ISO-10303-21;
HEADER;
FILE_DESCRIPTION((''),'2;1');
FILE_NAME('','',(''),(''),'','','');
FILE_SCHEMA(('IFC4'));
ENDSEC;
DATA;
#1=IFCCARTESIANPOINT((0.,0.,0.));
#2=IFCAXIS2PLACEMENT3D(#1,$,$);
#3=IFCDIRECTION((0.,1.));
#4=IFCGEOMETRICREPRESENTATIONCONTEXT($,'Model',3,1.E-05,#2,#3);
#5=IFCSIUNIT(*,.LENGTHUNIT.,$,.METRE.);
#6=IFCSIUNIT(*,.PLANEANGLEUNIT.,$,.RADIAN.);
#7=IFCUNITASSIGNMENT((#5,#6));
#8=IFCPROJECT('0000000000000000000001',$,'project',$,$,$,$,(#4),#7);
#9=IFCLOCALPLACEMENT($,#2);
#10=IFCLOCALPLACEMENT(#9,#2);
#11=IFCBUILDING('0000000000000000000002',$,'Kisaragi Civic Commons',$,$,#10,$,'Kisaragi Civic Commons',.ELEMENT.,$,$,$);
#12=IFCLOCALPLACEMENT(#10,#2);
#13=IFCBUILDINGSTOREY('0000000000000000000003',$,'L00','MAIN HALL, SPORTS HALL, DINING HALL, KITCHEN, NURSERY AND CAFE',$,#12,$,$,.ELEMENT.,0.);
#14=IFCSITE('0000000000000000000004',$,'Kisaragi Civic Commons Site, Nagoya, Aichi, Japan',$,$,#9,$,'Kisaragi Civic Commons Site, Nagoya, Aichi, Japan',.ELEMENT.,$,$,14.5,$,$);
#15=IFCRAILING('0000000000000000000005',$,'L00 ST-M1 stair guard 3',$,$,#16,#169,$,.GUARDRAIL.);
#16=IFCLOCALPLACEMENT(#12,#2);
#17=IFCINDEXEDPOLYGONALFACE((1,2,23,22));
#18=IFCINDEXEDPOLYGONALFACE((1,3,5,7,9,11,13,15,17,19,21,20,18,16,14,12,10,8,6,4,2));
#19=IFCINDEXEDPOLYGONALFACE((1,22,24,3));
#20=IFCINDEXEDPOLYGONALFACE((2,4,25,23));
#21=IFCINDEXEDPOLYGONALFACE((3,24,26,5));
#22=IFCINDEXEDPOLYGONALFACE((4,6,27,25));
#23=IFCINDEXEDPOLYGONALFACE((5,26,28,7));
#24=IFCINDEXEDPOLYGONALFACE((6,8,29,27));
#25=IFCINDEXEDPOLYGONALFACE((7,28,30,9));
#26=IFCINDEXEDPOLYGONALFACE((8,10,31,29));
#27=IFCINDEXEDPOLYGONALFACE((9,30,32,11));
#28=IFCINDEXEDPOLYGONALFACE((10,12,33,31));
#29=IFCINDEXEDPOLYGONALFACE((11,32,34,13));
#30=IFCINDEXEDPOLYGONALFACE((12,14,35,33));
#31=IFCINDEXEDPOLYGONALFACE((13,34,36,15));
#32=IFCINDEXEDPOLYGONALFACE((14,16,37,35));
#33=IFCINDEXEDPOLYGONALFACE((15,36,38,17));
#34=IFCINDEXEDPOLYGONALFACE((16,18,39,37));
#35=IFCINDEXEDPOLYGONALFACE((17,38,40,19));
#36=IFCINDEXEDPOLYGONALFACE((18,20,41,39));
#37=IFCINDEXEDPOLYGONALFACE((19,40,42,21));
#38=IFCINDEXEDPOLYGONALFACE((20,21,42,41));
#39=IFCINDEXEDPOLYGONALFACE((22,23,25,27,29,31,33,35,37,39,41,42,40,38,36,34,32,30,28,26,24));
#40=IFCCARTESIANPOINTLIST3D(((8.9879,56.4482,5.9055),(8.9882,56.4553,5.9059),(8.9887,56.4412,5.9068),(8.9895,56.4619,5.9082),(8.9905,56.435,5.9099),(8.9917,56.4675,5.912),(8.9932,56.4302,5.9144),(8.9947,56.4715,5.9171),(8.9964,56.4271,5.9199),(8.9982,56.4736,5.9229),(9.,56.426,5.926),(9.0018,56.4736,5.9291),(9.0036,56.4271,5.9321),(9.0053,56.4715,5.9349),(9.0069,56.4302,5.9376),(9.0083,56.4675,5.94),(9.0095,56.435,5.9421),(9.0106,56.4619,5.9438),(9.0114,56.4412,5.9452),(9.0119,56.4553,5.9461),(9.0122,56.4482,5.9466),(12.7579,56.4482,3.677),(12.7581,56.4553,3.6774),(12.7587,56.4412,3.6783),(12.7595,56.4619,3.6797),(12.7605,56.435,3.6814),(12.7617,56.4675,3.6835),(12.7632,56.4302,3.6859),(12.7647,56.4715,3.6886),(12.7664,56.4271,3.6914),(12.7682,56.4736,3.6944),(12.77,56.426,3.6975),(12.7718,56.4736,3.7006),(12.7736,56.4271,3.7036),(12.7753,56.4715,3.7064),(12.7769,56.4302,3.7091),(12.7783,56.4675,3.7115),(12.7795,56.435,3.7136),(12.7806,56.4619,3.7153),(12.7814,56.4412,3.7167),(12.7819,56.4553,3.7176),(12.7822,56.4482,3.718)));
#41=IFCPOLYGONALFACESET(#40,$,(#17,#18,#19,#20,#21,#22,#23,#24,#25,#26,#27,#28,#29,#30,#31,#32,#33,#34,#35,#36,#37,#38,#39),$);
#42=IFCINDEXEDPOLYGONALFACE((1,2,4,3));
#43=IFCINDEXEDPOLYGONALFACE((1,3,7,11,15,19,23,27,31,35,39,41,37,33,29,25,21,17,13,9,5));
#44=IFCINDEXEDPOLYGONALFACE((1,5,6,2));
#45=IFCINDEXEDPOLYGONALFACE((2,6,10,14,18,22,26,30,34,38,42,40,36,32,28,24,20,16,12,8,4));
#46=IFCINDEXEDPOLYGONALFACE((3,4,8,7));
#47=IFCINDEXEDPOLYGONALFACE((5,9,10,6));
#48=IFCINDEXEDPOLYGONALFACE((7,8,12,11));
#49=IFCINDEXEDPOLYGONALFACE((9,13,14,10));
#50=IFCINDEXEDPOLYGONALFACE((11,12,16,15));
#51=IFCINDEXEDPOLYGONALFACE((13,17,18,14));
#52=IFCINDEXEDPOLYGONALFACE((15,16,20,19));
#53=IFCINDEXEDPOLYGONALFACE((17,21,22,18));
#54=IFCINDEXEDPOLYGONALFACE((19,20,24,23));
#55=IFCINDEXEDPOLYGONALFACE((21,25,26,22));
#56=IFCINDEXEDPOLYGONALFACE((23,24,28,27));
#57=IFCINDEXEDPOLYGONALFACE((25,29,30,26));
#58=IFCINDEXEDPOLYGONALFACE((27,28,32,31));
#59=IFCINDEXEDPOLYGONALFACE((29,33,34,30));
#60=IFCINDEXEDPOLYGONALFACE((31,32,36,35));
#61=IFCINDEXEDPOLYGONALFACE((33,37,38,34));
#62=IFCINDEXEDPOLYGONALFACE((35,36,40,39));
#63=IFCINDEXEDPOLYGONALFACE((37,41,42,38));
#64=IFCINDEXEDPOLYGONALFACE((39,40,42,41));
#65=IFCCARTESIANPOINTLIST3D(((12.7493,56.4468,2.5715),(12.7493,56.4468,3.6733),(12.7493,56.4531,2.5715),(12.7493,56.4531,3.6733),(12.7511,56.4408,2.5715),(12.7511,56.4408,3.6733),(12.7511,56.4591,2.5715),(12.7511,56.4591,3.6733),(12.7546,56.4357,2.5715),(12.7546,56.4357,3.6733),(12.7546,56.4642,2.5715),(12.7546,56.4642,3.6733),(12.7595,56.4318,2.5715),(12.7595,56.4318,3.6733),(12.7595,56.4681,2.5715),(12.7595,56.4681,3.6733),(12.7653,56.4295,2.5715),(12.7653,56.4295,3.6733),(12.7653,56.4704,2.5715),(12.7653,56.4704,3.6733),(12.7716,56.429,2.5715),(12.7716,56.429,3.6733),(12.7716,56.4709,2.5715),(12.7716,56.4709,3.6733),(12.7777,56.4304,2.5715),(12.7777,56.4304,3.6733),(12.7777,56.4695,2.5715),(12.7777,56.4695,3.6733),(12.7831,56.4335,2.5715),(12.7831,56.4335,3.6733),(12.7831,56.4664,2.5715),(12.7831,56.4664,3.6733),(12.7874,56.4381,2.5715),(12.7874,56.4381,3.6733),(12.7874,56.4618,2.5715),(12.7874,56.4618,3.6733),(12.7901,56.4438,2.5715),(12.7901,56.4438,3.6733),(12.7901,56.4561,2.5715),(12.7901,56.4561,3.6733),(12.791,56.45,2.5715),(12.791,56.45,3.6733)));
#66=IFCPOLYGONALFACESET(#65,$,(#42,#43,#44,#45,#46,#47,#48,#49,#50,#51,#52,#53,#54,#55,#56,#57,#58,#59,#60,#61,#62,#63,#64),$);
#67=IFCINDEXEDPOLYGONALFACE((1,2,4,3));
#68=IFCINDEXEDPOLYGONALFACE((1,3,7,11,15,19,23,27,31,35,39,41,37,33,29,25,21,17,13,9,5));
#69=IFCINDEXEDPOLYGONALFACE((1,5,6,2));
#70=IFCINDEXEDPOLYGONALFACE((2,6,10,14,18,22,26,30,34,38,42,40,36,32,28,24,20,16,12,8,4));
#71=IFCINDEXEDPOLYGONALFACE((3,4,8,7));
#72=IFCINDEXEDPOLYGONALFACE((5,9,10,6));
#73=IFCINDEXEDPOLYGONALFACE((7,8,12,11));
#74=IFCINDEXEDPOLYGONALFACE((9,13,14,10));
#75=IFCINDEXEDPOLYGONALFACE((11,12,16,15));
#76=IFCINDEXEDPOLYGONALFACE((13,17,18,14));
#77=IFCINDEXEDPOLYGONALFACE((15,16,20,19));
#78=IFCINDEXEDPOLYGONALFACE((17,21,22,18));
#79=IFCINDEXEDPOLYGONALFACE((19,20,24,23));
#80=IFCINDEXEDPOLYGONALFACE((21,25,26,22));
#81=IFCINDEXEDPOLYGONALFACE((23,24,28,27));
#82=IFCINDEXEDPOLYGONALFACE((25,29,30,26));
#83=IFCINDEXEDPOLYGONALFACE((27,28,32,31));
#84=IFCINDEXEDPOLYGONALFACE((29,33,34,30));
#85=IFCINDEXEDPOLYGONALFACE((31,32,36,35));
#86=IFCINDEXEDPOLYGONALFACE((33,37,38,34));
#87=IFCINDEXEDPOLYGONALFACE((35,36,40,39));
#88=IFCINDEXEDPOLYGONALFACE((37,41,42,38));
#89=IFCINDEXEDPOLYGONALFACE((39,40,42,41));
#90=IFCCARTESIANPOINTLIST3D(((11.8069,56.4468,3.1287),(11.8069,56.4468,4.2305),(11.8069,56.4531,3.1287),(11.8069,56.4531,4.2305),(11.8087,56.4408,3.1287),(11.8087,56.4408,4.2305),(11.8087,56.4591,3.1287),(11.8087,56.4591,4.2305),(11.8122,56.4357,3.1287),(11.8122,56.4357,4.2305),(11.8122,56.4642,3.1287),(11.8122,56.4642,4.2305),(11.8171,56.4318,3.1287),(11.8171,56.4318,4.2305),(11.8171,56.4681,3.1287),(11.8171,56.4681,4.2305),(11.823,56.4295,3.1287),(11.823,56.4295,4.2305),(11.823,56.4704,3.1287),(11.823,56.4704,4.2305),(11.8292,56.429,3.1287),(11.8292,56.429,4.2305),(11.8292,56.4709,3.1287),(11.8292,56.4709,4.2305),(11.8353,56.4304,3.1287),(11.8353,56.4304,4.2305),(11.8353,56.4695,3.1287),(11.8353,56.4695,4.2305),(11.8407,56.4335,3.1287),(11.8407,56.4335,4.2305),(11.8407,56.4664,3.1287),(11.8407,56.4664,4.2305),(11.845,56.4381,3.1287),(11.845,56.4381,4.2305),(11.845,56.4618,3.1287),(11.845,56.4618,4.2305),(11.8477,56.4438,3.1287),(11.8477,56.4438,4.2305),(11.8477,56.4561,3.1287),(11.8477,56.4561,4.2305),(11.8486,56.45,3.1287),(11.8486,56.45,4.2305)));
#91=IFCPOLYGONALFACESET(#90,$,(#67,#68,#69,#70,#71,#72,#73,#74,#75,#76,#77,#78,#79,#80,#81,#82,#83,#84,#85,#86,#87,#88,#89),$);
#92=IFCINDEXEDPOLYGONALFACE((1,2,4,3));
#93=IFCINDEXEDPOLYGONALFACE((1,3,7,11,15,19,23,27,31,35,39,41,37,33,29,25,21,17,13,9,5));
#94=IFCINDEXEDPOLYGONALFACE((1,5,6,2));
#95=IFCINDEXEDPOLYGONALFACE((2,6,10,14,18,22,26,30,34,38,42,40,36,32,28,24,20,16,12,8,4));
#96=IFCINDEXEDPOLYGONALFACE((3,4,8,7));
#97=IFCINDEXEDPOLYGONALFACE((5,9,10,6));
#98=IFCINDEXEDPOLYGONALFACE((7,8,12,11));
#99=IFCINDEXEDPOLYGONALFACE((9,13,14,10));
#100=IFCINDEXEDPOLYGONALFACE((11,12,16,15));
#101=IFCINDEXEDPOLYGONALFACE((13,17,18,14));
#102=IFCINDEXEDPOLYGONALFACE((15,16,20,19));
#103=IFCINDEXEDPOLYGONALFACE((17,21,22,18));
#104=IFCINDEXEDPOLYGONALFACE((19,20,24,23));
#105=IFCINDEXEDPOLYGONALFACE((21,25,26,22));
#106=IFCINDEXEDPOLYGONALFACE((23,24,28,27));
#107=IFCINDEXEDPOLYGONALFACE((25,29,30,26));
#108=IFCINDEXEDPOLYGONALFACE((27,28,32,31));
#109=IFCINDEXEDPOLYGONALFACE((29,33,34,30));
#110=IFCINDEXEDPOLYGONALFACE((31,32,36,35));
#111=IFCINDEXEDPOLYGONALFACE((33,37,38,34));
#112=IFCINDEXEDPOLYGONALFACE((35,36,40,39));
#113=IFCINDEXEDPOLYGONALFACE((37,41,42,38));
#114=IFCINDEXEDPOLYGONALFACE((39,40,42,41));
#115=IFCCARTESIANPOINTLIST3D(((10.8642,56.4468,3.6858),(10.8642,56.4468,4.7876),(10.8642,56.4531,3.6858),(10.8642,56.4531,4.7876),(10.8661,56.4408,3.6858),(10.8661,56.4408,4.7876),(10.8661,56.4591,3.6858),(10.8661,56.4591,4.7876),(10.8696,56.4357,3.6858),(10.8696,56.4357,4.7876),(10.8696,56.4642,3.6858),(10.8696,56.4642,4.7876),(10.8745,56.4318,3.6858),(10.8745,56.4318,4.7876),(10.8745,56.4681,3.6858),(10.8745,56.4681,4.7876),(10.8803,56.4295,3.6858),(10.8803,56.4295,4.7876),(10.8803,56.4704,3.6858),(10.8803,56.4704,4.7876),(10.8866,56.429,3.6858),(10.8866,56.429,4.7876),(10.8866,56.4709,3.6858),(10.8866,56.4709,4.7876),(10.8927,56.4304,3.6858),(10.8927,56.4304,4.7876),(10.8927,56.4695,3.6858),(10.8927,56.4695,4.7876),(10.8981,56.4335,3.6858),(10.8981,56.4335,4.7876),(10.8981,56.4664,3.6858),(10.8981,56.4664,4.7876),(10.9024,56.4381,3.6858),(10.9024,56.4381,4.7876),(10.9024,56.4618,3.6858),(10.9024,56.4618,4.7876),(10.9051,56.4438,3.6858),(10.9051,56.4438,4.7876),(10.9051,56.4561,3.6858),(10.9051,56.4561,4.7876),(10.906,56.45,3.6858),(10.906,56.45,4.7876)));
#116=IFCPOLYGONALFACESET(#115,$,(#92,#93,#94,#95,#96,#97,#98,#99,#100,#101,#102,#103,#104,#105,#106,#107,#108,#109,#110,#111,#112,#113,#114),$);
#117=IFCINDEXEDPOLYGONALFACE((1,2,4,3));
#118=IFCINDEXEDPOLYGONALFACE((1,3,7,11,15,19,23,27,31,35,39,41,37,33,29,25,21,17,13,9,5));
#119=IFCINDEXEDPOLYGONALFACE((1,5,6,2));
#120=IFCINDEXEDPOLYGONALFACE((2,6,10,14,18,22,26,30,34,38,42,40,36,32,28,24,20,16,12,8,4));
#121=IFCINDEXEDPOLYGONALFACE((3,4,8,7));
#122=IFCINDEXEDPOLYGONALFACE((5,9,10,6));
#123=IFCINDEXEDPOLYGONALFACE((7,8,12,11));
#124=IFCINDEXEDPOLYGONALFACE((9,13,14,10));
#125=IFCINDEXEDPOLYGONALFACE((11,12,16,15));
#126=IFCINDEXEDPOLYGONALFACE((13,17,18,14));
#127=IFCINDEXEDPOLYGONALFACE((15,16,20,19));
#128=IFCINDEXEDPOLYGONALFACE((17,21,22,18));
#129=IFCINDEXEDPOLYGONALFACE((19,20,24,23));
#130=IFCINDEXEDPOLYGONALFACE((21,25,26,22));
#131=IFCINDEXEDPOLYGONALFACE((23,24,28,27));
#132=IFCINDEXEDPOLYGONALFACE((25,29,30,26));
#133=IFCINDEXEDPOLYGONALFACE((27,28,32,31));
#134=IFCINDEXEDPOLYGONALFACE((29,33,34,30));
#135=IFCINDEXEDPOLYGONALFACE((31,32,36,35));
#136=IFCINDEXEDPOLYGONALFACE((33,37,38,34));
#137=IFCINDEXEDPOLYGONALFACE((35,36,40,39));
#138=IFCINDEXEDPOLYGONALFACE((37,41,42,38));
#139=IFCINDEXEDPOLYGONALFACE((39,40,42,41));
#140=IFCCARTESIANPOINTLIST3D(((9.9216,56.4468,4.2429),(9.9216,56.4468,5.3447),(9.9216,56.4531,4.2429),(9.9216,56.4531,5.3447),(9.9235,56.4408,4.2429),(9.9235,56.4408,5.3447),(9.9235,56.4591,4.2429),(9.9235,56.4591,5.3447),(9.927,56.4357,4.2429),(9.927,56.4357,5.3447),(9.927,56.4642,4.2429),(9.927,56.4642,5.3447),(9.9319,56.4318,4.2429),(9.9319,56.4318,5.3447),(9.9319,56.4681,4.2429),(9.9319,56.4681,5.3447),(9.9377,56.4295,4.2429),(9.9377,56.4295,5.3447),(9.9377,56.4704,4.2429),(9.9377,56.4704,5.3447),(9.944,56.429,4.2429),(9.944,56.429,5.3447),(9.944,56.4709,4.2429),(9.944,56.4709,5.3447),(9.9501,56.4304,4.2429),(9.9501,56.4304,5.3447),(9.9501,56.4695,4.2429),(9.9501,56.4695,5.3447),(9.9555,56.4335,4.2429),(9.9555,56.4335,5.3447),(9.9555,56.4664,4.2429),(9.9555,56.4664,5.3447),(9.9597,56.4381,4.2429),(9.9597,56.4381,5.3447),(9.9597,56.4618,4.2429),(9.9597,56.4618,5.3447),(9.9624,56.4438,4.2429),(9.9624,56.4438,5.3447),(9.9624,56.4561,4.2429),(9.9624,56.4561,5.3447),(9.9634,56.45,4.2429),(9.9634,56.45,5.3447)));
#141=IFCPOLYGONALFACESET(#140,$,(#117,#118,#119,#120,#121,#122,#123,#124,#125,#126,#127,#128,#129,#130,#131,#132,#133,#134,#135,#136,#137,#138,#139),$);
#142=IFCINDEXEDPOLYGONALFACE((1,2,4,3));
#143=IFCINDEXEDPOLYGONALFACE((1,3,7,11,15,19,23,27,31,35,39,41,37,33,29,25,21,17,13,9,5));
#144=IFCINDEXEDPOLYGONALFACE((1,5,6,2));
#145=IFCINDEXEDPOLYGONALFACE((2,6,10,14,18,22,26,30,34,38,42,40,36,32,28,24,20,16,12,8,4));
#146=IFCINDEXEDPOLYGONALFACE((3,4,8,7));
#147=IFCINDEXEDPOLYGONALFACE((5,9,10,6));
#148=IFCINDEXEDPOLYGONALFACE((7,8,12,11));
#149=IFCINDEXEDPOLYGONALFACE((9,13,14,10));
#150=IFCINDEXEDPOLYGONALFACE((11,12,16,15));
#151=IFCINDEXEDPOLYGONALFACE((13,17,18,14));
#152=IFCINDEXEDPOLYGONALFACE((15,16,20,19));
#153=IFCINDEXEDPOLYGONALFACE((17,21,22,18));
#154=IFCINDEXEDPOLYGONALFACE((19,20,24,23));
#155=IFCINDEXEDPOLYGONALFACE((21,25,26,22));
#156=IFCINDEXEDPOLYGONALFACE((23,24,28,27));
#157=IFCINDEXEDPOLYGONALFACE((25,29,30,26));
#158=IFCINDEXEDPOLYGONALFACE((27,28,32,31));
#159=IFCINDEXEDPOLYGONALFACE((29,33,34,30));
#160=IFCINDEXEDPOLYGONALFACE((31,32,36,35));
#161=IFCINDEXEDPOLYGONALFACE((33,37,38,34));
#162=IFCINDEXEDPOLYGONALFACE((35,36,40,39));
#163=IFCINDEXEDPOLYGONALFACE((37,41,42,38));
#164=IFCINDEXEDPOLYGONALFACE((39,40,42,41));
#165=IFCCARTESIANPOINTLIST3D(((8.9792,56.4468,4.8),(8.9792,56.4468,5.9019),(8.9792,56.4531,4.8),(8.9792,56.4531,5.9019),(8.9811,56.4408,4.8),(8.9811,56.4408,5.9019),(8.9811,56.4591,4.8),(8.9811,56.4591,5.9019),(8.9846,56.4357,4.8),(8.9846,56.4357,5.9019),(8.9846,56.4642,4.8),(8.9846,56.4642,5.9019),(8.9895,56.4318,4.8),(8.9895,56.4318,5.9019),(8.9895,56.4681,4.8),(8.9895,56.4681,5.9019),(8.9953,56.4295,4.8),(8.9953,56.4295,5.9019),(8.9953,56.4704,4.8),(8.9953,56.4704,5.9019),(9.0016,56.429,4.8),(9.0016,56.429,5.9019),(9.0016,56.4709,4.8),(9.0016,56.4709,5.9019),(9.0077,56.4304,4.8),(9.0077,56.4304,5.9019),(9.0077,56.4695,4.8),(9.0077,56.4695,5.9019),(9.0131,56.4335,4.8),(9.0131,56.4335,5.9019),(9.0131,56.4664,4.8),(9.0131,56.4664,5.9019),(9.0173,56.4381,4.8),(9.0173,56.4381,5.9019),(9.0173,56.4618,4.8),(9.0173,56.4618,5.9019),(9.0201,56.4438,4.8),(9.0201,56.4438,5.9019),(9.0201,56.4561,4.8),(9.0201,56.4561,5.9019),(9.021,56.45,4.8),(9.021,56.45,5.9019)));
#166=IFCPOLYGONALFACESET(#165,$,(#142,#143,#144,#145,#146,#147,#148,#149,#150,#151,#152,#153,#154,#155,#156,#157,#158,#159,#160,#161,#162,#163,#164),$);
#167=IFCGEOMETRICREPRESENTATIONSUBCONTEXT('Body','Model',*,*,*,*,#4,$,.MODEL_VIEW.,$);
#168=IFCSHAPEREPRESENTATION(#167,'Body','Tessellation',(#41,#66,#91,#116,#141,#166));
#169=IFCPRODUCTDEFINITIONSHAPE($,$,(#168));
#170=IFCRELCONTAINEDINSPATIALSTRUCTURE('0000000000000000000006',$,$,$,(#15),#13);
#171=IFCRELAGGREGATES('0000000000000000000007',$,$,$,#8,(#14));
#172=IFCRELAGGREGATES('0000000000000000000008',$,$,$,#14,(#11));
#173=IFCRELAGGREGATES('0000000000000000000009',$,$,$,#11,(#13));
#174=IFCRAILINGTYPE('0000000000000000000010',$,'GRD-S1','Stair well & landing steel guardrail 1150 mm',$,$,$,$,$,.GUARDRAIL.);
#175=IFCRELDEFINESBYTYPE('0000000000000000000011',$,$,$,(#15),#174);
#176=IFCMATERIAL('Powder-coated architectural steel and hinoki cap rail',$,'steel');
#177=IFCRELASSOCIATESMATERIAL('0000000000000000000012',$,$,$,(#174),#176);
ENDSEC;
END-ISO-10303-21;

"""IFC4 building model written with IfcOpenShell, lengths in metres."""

from ifc_helpers import new_model, si_unit, direction, frame, origin, origin_2d, place, context, subcontext, project, spatial, circle, extrude, material, type_object, element, save


model = new_model("IFC4")

# Units and contexts
model_context = context("Model", 3, precision=1e-05, world=origin(), true_north=direction((0.0, 1.0)))
body_context = subcontext(model_context, "Body", "Model", "MODEL_VIEW")
ifc_project = project(units=[si_unit("LENGTHUNIT", "METRE"), si_unit("PLANEANGLEUNIT", "RADIAN")], contexts=[model_context])

# Site, building, storey
site_placement = place(None, origin())
site = spatial("IfcSite", under=ifc_project, at=site_placement, Name="Kisaragi Civic Commons Site, Nagoya, Aichi, Japan", LongName="Kisaragi Civic Commons Site, Nagoya, Aichi, Japan", CompositionType="ELEMENT", RefElevation=14.5)
building_placement = place(site_placement, origin())
building = spatial("IfcBuilding", under=site, at=building_placement, Name="Kisaragi Civic Commons", LongName="Kisaragi Civic Commons", CompositionType="ELEMENT")
storey_placement = place(building_placement, origin())
storey = spatial("IfcBuildingStorey", under=building, at=storey_placement, Name="L00", Description="MAIN HALL, SPORTS HALL, DINING HALL, KITCHEN, NURSERY AND CAFE", CompositionType="ELEMENT", Elevation=0.0)

# Railing
ifc_material_1 = material(Name="Powder-coated architectural steel and hinoki cap rail", Category="steel")
railing_type_1 = type_object("IfcRailingType", Name="GRD-S1", Description="Stair well & landing steel guardrail 1150 mm", PredefinedType="GUARDRAIL", material=ifc_material_1)
railing_1_placement = place(storey_placement, frame((12.77, 56.45, 2.5715)))
element("IfcRailing", 1, at=railing_1_placement, inside=storey, type_object=railing_type_1, Name="L00 ST-M1 stair guard 3", PredefinedType="GUARDRAIL", context=body_context, shape_type="SweptSolid", body=[
    extrude(circle(Radius=0.0239, at=origin_2d()), frame((0.0, 0.0, 1.126), z_axis=(-0.860849, 0.0, 0.508861), x_axis=(0.0, -1.0, 0.0)), (0.0, 0.0, 1.0), 4.3794),
    extrude(circle(Radius=0.021, at=origin_2d()), origin(), (0.0, 0.0, 1.0), 1.1018),
    extrude(circle(Radius=0.021, at=origin_2d()), frame((-0.9424, 0.0, 0.5571)), (0.0, 0.0, 1.0), 1.1018),
    extrude(circle(Radius=0.021, at=origin_2d()), frame((-1.885, 0.0, 1.1143)), (0.0, 0.0, 1.0), 1.1018),
    extrude(circle(Radius=0.021, at=origin_2d()), frame((-2.8276, 0.0, 1.6714)), (0.0, 0.0, 1.0), 1.1018),
    extrude(circle(Radius=0.021, at=origin_2d()), frame((-3.77, 0.0, 2.2285)), (0.0, 0.0, 1.0), 1.1018),
])

save(model, "model.ifc")
